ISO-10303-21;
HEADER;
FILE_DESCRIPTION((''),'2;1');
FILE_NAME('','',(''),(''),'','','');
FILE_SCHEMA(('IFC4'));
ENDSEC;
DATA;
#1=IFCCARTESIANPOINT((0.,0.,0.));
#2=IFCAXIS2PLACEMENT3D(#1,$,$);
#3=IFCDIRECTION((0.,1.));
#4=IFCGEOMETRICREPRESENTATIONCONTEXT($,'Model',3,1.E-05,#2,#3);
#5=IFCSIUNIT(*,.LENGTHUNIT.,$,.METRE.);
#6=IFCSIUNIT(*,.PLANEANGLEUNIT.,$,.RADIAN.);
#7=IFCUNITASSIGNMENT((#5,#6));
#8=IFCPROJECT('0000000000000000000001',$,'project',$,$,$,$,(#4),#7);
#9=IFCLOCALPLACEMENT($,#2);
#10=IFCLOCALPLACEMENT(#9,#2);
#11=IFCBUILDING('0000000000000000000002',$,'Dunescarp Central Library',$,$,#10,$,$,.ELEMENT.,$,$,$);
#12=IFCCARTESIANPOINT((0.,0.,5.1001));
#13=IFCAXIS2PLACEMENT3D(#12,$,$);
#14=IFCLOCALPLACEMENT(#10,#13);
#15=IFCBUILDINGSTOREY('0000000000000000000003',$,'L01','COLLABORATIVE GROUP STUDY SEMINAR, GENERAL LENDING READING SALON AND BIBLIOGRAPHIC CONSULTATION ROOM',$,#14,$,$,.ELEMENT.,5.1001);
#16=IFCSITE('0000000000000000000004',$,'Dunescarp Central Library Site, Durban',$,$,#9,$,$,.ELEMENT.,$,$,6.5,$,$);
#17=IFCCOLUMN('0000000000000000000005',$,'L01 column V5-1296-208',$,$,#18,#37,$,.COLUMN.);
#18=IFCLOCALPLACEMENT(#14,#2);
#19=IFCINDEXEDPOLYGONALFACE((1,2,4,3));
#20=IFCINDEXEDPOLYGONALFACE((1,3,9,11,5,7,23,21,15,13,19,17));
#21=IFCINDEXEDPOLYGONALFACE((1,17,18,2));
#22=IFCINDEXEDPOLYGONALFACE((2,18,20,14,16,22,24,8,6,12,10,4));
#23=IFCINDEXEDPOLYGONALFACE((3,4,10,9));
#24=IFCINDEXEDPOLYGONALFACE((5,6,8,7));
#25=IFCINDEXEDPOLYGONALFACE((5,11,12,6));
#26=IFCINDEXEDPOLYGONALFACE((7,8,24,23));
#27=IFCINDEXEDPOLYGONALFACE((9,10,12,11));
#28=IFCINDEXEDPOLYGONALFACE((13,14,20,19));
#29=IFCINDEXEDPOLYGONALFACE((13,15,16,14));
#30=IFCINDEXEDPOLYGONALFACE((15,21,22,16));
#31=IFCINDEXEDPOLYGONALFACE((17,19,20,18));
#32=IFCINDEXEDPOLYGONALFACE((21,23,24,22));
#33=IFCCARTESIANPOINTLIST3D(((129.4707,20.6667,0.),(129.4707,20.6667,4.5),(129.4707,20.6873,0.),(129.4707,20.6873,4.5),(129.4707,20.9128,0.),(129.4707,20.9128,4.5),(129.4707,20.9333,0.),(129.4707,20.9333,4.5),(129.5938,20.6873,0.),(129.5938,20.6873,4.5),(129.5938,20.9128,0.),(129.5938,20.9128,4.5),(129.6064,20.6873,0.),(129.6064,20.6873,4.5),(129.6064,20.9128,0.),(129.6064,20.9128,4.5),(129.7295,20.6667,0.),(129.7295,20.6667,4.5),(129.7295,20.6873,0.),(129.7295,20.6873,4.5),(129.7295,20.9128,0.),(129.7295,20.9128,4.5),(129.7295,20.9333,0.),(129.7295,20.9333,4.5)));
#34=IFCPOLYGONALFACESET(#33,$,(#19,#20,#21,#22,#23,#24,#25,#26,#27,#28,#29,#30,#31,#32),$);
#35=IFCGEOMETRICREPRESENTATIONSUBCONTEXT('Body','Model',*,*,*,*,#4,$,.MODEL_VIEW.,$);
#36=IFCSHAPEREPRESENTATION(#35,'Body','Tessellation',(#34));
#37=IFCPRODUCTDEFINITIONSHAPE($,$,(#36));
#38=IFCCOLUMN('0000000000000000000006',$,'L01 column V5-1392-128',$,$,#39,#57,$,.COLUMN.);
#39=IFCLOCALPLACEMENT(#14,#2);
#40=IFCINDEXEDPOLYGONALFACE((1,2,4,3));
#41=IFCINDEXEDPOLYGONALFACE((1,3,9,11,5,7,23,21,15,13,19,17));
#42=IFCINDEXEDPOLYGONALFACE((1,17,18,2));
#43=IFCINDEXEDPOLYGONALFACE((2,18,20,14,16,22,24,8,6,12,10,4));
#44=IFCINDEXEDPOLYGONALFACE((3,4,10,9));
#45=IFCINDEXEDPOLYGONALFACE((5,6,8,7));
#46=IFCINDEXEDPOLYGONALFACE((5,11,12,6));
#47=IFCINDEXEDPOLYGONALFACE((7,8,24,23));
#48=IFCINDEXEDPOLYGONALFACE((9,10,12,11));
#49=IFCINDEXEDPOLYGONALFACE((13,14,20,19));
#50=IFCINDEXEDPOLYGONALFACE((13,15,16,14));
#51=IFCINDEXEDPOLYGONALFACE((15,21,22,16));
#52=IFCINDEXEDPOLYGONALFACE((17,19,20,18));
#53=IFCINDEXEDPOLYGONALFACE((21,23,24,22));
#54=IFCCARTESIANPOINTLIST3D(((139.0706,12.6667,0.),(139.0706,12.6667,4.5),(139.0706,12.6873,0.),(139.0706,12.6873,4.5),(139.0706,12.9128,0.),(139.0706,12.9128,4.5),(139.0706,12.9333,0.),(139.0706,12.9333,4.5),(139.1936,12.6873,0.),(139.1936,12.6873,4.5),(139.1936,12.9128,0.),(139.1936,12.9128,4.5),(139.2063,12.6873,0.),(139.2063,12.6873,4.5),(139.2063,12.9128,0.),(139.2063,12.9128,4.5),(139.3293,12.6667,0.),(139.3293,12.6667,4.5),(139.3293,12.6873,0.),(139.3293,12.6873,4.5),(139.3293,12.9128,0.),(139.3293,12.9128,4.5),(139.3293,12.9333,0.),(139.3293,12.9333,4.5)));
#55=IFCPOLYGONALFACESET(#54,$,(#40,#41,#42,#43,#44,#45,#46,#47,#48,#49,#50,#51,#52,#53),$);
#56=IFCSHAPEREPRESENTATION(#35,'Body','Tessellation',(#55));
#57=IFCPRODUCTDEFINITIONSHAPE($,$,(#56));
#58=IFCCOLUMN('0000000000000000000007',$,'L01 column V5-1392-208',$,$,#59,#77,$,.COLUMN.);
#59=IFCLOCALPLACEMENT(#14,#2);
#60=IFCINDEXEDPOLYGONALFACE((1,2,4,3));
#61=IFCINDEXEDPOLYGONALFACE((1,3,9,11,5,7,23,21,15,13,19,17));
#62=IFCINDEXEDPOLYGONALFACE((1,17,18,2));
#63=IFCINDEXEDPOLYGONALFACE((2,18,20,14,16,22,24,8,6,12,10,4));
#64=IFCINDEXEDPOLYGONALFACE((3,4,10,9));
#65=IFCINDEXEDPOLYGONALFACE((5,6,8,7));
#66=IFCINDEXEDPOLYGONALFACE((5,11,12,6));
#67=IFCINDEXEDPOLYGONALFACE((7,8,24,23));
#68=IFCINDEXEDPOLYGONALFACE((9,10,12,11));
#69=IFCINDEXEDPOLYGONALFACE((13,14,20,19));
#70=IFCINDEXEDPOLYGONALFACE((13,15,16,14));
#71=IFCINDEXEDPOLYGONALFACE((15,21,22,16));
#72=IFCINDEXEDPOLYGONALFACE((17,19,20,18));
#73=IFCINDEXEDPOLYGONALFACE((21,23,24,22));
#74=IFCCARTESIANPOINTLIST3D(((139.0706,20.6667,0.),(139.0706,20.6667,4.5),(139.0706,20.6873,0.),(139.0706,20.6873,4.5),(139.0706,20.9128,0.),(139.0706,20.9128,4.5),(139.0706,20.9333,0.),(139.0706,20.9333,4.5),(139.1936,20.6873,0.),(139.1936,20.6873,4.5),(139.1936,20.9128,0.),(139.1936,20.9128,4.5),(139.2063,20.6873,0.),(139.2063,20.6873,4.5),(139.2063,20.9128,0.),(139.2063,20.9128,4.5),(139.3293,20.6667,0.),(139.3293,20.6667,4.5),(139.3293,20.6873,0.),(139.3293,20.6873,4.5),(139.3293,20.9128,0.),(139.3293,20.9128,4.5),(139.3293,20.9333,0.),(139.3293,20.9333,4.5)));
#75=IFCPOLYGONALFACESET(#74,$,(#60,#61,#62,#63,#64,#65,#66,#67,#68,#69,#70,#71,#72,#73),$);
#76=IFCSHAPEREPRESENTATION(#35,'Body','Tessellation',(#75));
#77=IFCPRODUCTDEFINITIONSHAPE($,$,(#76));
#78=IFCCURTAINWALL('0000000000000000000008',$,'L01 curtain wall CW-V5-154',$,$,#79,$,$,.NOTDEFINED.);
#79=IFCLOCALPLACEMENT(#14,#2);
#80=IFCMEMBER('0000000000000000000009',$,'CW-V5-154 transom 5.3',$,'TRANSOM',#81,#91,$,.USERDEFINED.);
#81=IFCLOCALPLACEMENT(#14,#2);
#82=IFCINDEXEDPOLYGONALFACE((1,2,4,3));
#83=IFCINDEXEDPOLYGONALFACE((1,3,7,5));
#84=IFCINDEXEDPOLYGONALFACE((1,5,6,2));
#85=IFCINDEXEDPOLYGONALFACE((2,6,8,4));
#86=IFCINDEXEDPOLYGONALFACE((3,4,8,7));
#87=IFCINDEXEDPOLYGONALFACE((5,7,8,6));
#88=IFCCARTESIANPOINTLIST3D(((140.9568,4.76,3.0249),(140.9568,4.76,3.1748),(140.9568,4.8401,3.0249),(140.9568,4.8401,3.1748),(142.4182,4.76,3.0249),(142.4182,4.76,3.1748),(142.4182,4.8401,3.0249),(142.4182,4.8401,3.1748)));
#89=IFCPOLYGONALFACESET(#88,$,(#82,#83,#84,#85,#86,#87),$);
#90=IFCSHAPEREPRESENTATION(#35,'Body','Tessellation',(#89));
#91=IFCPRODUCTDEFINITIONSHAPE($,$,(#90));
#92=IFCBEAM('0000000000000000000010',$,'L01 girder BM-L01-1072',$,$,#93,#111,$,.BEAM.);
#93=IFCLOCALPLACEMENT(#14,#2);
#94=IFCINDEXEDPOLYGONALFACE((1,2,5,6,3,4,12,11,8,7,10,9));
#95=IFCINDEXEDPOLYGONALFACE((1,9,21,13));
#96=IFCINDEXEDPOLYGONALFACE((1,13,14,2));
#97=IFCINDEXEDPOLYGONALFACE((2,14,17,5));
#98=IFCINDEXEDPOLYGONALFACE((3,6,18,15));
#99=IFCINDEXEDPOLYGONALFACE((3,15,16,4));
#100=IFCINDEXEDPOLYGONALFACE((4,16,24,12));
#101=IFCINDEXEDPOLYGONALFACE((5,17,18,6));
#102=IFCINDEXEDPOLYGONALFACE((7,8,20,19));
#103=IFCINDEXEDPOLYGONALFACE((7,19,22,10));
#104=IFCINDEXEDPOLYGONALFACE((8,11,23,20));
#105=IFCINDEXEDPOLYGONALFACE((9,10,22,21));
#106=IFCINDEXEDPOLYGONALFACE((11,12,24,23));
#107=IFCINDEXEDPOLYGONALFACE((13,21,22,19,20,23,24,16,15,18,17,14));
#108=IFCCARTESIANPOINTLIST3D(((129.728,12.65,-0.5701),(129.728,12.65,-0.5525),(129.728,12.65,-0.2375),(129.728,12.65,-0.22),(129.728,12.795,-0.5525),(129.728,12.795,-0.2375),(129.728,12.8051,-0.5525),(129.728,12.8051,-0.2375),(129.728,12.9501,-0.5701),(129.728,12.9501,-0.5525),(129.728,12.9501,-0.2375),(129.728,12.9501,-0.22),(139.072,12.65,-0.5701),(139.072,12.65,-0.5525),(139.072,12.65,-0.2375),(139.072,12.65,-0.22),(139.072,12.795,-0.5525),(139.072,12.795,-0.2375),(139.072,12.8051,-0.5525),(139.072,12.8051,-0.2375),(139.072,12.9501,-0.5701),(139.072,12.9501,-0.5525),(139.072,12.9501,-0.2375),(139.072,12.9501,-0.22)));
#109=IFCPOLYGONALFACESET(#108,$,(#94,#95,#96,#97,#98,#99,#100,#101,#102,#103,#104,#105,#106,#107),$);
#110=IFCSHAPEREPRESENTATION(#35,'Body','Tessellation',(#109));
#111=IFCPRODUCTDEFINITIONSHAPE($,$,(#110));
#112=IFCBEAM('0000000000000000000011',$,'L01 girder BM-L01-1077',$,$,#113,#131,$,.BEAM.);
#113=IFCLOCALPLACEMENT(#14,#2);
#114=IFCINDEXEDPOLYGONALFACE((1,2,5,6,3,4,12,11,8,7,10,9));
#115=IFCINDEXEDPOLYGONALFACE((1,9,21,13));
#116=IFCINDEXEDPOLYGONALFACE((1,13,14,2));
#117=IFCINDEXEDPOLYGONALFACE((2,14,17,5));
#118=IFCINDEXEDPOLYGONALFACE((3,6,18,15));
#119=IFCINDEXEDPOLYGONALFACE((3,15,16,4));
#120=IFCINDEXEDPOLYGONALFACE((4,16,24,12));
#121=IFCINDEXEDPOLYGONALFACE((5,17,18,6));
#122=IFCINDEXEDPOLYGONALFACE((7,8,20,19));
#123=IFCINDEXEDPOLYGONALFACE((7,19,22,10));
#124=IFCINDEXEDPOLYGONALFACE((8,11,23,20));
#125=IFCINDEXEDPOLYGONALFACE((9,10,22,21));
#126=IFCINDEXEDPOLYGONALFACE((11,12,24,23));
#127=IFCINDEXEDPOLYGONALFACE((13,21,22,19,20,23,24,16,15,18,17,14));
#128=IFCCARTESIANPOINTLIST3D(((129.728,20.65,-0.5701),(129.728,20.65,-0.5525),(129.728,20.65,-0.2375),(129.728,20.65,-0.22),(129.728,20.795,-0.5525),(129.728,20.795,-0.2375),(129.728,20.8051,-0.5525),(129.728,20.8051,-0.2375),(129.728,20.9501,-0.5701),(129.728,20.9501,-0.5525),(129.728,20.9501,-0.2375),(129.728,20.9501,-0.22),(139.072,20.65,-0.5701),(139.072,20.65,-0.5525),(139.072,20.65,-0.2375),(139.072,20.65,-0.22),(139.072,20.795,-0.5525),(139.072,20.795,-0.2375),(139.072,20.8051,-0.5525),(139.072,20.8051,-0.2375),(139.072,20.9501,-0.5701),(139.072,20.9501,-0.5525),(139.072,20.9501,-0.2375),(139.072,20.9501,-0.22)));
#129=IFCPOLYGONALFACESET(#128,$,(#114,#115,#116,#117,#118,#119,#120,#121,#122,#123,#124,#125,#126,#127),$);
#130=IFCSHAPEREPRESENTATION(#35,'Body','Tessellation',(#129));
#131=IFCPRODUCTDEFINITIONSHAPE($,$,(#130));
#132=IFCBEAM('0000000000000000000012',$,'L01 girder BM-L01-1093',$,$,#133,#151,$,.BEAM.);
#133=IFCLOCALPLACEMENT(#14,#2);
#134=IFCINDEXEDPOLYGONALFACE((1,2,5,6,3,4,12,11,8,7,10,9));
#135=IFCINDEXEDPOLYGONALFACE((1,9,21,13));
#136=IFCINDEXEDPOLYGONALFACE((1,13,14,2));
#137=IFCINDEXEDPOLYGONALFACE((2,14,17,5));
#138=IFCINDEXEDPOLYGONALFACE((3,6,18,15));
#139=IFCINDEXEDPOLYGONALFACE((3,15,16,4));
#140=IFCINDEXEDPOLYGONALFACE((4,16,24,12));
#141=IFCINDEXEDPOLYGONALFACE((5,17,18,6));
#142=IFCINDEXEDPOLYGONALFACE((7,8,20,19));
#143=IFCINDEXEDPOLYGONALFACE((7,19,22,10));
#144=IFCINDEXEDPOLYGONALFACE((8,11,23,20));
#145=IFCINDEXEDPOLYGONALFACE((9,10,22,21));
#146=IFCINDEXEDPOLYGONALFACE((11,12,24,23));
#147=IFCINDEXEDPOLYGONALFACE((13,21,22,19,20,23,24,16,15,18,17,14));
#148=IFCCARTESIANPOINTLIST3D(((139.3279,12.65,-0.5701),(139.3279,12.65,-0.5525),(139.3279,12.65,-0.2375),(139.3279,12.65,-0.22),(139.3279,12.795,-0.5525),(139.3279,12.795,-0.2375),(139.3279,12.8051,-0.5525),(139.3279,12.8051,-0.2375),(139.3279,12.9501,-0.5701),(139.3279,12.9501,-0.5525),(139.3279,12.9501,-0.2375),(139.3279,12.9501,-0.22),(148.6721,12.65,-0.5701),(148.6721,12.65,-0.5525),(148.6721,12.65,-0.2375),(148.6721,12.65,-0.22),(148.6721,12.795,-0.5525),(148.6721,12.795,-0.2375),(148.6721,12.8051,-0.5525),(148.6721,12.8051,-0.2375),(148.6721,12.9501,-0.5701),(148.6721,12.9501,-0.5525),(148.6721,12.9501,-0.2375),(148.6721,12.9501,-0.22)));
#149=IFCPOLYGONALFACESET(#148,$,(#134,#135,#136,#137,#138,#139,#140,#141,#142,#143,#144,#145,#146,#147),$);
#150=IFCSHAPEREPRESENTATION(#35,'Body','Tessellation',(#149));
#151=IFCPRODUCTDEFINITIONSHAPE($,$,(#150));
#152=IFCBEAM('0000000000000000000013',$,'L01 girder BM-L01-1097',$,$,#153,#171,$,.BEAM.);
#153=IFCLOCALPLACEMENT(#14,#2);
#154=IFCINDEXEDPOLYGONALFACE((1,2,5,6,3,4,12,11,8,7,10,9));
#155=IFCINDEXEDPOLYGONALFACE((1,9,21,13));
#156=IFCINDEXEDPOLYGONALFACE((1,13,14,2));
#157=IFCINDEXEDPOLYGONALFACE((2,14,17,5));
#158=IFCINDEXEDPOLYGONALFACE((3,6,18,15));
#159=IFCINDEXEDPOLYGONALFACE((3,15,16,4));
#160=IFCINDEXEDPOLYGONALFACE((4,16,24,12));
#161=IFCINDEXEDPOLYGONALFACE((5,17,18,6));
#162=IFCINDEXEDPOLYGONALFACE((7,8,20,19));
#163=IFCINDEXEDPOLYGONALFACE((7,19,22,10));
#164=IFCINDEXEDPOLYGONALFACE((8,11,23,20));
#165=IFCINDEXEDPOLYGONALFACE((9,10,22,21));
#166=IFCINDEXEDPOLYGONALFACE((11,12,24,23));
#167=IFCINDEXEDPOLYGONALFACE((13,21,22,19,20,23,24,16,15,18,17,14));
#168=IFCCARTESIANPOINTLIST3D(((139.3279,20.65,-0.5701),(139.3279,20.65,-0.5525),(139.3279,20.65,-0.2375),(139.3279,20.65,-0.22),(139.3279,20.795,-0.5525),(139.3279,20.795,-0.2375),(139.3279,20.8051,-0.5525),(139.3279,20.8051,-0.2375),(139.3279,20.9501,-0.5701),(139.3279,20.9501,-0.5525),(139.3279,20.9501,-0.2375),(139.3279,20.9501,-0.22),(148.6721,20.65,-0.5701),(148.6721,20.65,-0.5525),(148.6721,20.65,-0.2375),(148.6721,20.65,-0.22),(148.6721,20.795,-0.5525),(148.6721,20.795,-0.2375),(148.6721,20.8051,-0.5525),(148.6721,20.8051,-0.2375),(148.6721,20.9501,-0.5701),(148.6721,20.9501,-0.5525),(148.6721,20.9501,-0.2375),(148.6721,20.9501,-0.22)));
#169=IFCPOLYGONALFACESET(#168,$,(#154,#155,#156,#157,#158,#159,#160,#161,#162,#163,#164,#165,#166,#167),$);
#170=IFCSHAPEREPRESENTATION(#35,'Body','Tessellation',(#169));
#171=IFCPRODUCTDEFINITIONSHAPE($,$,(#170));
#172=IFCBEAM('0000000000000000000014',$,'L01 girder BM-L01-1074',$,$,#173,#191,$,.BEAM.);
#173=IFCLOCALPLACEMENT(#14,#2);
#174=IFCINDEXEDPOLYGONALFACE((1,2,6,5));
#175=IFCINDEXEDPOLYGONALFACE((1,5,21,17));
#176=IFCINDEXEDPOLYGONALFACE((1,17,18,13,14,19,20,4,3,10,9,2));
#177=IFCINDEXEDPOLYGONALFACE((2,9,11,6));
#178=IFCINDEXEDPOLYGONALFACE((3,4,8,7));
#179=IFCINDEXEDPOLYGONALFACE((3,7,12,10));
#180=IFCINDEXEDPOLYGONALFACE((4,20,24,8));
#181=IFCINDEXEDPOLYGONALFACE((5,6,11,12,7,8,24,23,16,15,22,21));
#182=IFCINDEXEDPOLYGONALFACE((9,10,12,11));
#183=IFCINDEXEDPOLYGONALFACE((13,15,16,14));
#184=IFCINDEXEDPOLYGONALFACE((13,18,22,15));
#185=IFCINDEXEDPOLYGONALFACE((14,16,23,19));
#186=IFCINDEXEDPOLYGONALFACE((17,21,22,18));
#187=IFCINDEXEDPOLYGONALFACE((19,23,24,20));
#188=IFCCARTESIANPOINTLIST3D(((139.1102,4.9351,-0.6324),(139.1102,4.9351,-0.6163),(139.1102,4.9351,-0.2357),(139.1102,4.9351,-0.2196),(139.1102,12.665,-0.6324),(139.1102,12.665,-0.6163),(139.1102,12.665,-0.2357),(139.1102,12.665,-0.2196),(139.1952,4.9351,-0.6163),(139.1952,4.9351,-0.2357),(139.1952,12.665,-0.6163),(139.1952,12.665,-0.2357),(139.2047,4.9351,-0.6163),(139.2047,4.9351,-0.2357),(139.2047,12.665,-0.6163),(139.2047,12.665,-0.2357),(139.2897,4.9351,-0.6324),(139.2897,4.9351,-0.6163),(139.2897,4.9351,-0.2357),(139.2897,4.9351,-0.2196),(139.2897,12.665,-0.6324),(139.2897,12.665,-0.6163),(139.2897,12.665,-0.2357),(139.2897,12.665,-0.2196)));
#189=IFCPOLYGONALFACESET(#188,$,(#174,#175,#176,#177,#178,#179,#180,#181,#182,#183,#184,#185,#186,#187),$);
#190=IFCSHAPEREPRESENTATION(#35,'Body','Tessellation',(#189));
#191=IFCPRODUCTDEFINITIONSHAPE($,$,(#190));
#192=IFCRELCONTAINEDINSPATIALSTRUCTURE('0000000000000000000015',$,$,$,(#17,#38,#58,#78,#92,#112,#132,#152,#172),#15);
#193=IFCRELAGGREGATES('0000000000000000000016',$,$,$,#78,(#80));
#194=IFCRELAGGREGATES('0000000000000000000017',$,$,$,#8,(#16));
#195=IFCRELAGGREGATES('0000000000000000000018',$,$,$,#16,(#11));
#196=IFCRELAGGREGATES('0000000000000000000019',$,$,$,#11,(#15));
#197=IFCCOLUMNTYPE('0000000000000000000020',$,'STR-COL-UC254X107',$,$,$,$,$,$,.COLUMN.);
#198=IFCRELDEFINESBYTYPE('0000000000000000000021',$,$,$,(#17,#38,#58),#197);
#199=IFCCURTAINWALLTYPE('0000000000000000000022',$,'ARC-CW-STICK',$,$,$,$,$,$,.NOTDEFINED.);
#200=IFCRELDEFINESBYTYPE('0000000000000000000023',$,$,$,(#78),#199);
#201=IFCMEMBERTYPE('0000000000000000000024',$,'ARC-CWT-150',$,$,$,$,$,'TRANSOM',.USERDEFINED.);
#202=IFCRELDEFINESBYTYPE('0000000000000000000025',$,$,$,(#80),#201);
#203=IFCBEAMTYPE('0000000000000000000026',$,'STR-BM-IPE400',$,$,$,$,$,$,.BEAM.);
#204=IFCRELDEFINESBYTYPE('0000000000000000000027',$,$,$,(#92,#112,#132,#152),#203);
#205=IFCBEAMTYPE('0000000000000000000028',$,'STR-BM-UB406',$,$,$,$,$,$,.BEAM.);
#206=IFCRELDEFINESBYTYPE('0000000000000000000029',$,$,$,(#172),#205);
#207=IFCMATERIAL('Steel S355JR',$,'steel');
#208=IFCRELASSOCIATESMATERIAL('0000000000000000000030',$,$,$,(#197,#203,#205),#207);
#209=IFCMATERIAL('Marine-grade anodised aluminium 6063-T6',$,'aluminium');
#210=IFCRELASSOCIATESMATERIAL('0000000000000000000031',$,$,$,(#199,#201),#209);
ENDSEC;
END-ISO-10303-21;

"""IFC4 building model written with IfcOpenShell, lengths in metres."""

from ifc_helpers import new_model, si_unit, direction, frame, origin, origin_2d, place, context, subcontext, project, spatial, rectangle, i_section, extrude, material, material_profile, profile_set, type_object, element, aggregate, save


model = new_model("IFC4")

# Units and contexts
model_context = context("Model", 3, precision=1e-05, world=origin(), true_north=direction((0.0, 1.0)))
body_context = subcontext(model_context, "Body", "Model", "MODEL_VIEW")
ifc_project = project(units=[si_unit("LENGTHUNIT", "METRE"), si_unit("PLANEANGLEUNIT", "RADIAN")], contexts=[model_context])

# Site, building, storey
site_placement = place(None, origin())
site = spatial("IfcSite", under=ifc_project, at=site_placement, Name="Dunescarp Central Library Site, Durban", CompositionType="ELEMENT", RefElevation=6.5)
building_placement = place(site_placement, origin())
building = spatial("IfcBuilding", under=site, at=building_placement, Name="Dunescarp Central Library", CompositionType="ELEMENT")
storey_placement = place(building_placement, frame((0.0, 0.0, 5.1001)))
storey = spatial("IfcBuildingStorey", under=building, at=storey_placement, Name="L01", Description="COLLABORATIVE GROUP STUDY SEMINAR, GENERAL LENDING READING SALON AND BIBLIOGRAPHIC CONSULTATION ROOM", CompositionType="ELEMENT", Elevation=5.1001)

# Columns
ifc_material_1 = material(Name="Steel S355JR", Category="steel")
ifc_material_profile_1 = material_profile(ifc_material_1, i_section(OverallWidth=0.2588, OverallDepth=0.2666, WebThickness=0.0127, FlangeThickness=0.0205, at=origin_2d()), Name="UC 254x254x107")
ifc_profile_set_1 = profile_set([ifc_material_profile_1], Name="Steel S355JR")
column_type = type_object("IfcColumnType", Name="STR-COL-UC254X107", PredefinedType="COLUMN", material=ifc_profile_set_1)
for number, where, z_axis, x_axis, name in (
    (1, (129.6001, 20.8, 0.0), (0.0, 0.0, 1.0), (1.0, 0.0, 0.0), "L01 column V5-1296-208"),
    (2, (139.2, 12.8, 0.0), (0.0, 0.0, 1.0), (1.0, 0.0, 0.0), "L01 column V5-1392-128"),
    (3, (139.2, 20.8, 0.0), (0.0, 0.0, 1.0), (1.0, 0.0, 0.0), "L01 column V5-1392-208"),
):
    element("IfcColumn", number, at=place(storey_placement, frame(where, z_axis=z_axis, x_axis=x_axis)), inside=storey, type_object=column_type, Name=name, PredefinedType="COLUMN", context=body_context, shape_type="SweptSolid", body=[
        extrude(i_section(OverallWidth=0.2588, OverallDepth=0.2666, WebThickness=0.0127, FlangeThickness=0.0205, at=origin_2d()), origin(), (0.0, 0.0, 1.0), 4.5),
    ])

# Curtain wall, member
ifc_material_2 = material(Name="Marine-grade anodised aluminium 6063-T6", Category="aluminium")
curtain_wall_type = type_object("IfcCurtainWallType", Name="ARC-CW-STICK", PredefinedType="NOTDEFINED", material=ifc_material_2)
curtain_wall_placement = place(storey_placement, origin())
curtain_wall = element("IfcCurtainWall", 4, at=curtain_wall_placement, inside=storey, type_object=curtain_wall_type, Name="L01 curtain wall CW-V5-154", PredefinedType="NOTDEFINED")
ifc_material_profile_2 = material_profile(ifc_material_2, rectangle(XDim=0.0801, YDim=0.1499, at=origin_2d()), Name="AL 80x150")
ifc_profile_set_2 = profile_set([ifc_material_profile_2], Name="Marine-grade anodised aluminium 6063-T6")
member_type = type_object("IfcMemberType", Name="ARC-CWT-150", ElementType="TRANSOM", PredefinedType="USERDEFINED", material=ifc_profile_set_2)
member_placement = place(storey_placement, frame((142.4182, 4.8, 3.0999), z_axis=(-1.0, 0.0, 0.0), x_axis=(0.0, -1.0, 0.0)))
member = element("IfcMember", 5, at=member_placement, type_object=member_type, Name="CW-V5-154 transom 5.3", ObjectType="TRANSOM", PredefinedType="USERDEFINED", context=body_context, shape_type="SweptSolid", body=[
    extrude(rectangle(XDim=0.0801, YDim=0.1499, at=origin_2d()), origin(), (0.0, 0.0, 1.0), 1.4614),
])
aggregate(curtain_wall, [member])

# Beams
ifc_material_profile_3 = material_profile(ifc_material_1, i_section(OverallWidth=0.3, OverallDepth=0.3501, WebThickness=0.01, FlangeThickness=0.0176, at=origin_2d()), Name="HEA 360")
ifc_profile_set_3 = profile_set([ifc_material_profile_3], Name="Steel S355JR")
beam_type_1 = type_object("IfcBeamType", Name="STR-BM-IPE400", PredefinedType="BEAM", material=ifc_profile_set_3)
for number, where, z_axis, x_axis, name in (
    (6, (129.728, 12.8, -0.395), (1.0, 0.0, 0.0), (0.0, 1.0, 0.0), "L01 girder BM-L01-1072"),
    (7, (129.728, 20.8, -0.395), (1.0, 0.0, 0.0), (0.0, 1.0, 0.0), "L01 girder BM-L01-1077"),
):
    element("IfcBeam", number, at=place(storey_placement, frame(where, z_axis=z_axis, x_axis=x_axis)), inside=storey, type_object=beam_type_1, Name=name, PredefinedType="BEAM", context=body_context, shape_type="SweptSolid", body=[
        extrude(i_section(OverallWidth=0.3, OverallDepth=0.3501, WebThickness=0.01, FlangeThickness=0.0176, at=origin_2d()), origin(), (0.0, 0.0, 1.0), 9.344),
    ])
for number, where, z_axis, x_axis, name in (
    (8, (139.3279, 12.8, -0.395), (1.0, 0.0, 0.0), (0.0, 1.0, 0.0), "L01 girder BM-L01-1093"),
    (9, (139.3279, 20.8, -0.395), (1.0, 0.0, 0.0), (0.0, 1.0, 0.0), "L01 girder BM-L01-1097"),
):
    element("IfcBeam", number, at=place(storey_placement, frame(where, z_axis=z_axis, x_axis=x_axis)), inside=storey, type_object=beam_type_1, Name=name, PredefinedType="BEAM", context=body_context, shape_type="SweptSolid", body=[
        extrude(i_section(OverallWidth=0.3, OverallDepth=0.3501, WebThickness=0.01, FlangeThickness=0.0176, at=origin_2d()), origin(), (0.0, 0.0, 1.0), 9.3442),
    ])
ifc_material_profile_4 = material_profile(ifc_material_1, i_section(OverallWidth=0.1794, OverallDepth=0.4128, WebThickness=0.0095, FlangeThickness=0.0161, at=origin_2d()), Name="UB 406x178x74")
ifc_profile_set_4 = profile_set([ifc_material_profile_4], Name="Steel S355JR")
beam_type_2 = type_object("IfcBeamType", Name="STR-BM-UB406", PredefinedType="BEAM", material=ifc_profile_set_4)
for number, where, z_axis, x_axis, name in (
    (10, (139.2, 4.9351, -0.426), (0.0, 1.0, 0.0), (-1.0, 0.0, 0.0), "L01 girder BM-L01-1074"),
):
    element("IfcBeam", number, at=place(storey_placement, frame(where, z_axis=z_axis, x_axis=x_axis)), inside=storey, type_object=beam_type_2, Name=name, PredefinedType="BEAM", context=body_context, shape_type="SweptSolid", body=[
        extrude(i_section(OverallWidth=0.1794, OverallDepth=0.4128, WebThickness=0.0095, FlangeThickness=0.0161, at=origin_2d()), origin(), (0.0, 0.0, 1.0), 7.73),
    ])

save(model, "model.ifc")
